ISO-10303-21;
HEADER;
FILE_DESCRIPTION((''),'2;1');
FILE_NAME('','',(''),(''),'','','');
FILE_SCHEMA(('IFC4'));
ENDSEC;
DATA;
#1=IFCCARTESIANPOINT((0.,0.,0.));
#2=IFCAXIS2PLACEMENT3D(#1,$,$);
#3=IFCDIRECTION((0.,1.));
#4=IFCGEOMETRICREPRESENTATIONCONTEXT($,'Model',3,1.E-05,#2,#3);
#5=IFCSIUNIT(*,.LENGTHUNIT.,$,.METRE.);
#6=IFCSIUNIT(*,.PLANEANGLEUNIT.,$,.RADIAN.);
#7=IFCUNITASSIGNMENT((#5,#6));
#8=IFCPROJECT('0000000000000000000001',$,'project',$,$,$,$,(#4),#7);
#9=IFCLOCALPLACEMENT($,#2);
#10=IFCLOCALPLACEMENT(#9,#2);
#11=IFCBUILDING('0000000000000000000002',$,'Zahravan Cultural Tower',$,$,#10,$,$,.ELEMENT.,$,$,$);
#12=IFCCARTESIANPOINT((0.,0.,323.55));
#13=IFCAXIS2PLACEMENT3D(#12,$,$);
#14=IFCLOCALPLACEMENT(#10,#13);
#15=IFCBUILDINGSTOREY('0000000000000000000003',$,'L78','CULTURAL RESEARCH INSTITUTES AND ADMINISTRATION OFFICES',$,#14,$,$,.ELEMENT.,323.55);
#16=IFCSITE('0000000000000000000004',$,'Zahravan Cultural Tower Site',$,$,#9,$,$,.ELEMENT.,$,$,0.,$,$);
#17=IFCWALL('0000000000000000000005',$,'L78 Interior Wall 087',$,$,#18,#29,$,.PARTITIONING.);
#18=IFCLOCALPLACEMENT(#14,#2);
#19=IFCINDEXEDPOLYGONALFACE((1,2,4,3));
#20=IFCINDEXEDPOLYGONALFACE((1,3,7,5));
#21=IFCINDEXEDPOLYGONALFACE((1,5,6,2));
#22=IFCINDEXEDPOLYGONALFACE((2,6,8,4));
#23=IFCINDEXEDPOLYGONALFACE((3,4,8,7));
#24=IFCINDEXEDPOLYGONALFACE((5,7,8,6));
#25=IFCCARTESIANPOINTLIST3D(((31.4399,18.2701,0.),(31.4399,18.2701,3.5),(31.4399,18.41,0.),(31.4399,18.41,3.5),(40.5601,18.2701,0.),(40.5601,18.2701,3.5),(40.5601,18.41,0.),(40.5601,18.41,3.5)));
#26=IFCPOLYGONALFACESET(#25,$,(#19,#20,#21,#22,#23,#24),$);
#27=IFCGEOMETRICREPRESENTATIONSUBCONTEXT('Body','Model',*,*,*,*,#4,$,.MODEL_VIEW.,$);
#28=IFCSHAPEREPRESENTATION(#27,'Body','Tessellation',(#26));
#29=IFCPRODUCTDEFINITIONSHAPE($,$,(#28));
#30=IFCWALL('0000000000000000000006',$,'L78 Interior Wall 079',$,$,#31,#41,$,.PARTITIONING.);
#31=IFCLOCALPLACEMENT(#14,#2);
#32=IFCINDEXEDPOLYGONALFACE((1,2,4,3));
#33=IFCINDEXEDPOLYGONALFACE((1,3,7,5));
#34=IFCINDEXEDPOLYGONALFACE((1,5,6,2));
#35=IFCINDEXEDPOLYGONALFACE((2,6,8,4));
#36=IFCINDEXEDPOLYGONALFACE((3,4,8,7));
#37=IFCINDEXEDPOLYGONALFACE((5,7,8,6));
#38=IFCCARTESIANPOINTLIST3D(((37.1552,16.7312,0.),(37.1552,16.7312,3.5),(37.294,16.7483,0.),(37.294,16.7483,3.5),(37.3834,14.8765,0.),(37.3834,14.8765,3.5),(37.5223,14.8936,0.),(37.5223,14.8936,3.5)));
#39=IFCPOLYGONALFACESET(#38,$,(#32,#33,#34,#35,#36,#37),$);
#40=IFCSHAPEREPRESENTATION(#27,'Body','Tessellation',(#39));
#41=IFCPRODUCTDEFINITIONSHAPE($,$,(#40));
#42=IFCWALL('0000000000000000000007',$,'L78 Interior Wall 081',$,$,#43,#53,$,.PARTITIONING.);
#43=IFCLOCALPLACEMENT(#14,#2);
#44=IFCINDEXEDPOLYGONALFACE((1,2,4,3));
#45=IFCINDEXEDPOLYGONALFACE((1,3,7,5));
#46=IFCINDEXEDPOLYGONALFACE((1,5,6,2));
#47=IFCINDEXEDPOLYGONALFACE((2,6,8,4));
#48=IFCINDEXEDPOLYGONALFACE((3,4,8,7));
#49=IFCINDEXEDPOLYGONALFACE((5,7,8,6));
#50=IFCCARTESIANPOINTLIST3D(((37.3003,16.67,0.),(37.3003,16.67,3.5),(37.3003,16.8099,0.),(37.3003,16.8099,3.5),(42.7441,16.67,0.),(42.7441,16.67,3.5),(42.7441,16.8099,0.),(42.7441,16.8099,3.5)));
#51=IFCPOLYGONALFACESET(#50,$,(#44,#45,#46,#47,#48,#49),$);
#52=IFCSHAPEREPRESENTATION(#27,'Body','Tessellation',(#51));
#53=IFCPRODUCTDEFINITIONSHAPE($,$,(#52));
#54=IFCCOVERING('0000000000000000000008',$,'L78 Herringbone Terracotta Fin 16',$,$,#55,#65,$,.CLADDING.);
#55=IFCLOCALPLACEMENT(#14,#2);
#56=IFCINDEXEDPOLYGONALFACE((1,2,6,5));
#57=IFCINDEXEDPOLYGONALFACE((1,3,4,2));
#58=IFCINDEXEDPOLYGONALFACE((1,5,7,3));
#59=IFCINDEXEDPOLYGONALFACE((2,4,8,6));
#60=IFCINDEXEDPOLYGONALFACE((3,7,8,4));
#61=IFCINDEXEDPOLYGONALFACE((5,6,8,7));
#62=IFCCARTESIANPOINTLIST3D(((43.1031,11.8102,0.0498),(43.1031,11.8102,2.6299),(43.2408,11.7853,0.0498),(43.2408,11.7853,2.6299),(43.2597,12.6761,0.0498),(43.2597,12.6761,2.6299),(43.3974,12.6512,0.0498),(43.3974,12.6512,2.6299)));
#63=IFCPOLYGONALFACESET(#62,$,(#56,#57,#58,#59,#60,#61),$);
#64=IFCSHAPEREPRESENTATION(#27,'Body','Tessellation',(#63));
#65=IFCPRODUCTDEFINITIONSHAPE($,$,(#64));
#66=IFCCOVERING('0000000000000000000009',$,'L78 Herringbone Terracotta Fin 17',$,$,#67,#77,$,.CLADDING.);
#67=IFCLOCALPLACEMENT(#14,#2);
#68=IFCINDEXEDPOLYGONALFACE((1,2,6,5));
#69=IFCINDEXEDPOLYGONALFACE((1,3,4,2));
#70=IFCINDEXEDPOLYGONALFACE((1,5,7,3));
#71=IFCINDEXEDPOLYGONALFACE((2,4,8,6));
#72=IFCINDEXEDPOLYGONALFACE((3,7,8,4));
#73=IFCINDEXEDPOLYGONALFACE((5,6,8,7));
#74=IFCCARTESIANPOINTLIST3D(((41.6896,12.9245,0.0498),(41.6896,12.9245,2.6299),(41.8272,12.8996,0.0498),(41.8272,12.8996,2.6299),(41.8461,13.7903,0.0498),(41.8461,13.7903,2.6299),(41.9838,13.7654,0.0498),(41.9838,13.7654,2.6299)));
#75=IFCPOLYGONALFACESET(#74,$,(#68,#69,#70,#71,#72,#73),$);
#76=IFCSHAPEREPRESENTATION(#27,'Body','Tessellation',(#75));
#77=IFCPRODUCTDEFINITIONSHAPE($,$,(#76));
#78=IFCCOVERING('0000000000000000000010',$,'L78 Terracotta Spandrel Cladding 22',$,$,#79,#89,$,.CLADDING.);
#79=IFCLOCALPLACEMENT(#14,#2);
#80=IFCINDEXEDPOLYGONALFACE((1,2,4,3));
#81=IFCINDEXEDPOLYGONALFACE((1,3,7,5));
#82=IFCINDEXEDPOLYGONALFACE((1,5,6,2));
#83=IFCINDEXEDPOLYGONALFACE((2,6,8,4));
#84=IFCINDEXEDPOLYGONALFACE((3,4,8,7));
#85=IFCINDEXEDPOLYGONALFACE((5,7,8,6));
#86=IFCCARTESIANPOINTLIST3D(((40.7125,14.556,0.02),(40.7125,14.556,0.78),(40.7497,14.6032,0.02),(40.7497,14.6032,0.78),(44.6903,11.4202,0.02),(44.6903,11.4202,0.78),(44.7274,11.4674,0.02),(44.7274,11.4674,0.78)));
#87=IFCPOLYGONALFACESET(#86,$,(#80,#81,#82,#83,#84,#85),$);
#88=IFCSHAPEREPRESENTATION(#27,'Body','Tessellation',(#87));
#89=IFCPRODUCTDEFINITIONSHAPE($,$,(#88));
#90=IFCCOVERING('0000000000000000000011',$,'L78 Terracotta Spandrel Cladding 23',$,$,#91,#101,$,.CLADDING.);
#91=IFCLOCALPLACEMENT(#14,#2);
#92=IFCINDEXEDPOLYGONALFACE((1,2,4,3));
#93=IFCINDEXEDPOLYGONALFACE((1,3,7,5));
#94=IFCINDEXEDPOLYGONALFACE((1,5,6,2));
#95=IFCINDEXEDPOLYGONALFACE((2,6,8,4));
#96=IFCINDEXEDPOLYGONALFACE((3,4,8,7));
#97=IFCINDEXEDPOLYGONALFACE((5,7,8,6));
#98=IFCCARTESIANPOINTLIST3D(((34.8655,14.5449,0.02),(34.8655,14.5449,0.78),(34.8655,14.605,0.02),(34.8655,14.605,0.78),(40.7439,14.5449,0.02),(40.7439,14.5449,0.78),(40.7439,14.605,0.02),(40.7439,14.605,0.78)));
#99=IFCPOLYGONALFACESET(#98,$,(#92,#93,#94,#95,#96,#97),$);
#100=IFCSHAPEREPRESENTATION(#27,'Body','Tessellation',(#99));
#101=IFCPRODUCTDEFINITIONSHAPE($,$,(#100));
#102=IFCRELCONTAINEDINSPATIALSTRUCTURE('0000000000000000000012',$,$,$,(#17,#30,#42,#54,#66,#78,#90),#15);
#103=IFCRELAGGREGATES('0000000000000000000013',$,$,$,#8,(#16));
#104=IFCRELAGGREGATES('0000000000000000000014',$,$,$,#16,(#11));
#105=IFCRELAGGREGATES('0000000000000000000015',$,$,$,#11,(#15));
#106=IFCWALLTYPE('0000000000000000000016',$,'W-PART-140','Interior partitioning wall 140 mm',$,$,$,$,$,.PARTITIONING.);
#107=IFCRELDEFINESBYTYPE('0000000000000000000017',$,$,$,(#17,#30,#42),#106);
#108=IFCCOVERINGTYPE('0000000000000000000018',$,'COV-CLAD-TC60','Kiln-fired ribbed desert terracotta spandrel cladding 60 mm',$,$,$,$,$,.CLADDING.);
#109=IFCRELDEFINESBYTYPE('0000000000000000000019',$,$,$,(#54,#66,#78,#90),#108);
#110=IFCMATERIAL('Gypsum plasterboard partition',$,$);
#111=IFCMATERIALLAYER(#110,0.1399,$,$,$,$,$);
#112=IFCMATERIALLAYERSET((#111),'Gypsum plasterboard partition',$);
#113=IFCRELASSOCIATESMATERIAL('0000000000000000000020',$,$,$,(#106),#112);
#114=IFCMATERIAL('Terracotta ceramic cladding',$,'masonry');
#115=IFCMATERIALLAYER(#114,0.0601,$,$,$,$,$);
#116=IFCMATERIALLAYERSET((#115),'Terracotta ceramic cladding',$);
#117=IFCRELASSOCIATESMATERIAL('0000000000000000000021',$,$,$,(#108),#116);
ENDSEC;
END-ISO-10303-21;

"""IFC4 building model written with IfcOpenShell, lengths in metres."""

from ifc_helpers import new_model, si_unit, direction, frame, frame_2d, origin, origin_2d, place, context, subcontext, project, spatial, rectangle, extrude, source, transform, mapped, material, layer, layer_set, type_object, element, save


model = new_model("IFC4")

# Units and contexts
model_context = context("Model", 3, precision=1e-05, world=origin(), true_north=direction((0.0, 1.0)))
body_context = subcontext(model_context, "Body", "Model", "MODEL_VIEW")
ifc_project = project(units=[si_unit("LENGTHUNIT", "METRE"), si_unit("PLANEANGLEUNIT", "RADIAN")], contexts=[model_context])

# Site, building, storey
site_placement = place(None, origin())
site = spatial("IfcSite", under=ifc_project, at=site_placement, Name="Zahravan Cultural Tower Site", CompositionType="ELEMENT", RefElevation=0.0)
building_placement = place(site_placement, origin())
building = spatial("IfcBuilding", under=site, at=building_placement, Name="Zahravan Cultural Tower", CompositionType="ELEMENT")
storey_placement = place(building_placement, frame((0.0, 0.0, 323.55)))
storey = spatial("IfcBuildingStorey", under=building, at=storey_placement, Name="L78", Description="CULTURAL RESEARCH INSTITUTES AND ADMINISTRATION OFFICES", CompositionType="ELEMENT", Elevation=323.55)

# Walls
ifc_material_1 = material(Name="Gypsum plasterboard partition")
ifc_layer_1 = layer(ifc_material_1, 0.1399)
ifc_layer_set_1 = layer_set([ifc_layer_1], Name="Gypsum plasterboard partition")
wall_type_1 = type_object("IfcWallType", Name="W-PART-140", Description="Interior partitioning wall 140 mm", PredefinedType="PARTITIONING", material=ifc_layer_set_1)
shared_shape_1 = source(origin(), body_context, "Body", "SweptSolid", [
    extrude(rectangle(XDim=9.1201, YDim=0.1399, at=frame_2d((4.5601, 0.0))), origin(), (0.0, 0.0, 1.0), 3.5),
])
wall_1_placement = place(storey_placement, frame((40.5601, 18.3401, 0.0), z_axis=(0.0, 0.0, 1.0), x_axis=(-1.0, 0.0, 0.0)))
element("IfcWall", 1, at=wall_1_placement, inside=storey, type_object=wall_type_1, Name="L78 Interior Wall 087", PredefinedType="PARTITIONING", context=body_context, shape_type="MappedRepresentation", body=[
    mapped(shared_shape_1, transform((0.0, 0.0, 0.0), x_axis=(1.0, 0.0, 0.0), y_axis=(0.0, 1.0, 0.0), z_axis=(0.0, 0.0, 1.0), scale=1.0)),
])
shared_shape_2 = source(origin(), body_context, "Body", "SweptSolid", [
    extrude(rectangle(XDim=1.8687, YDim=0.1399, at=frame_2d((0.9343, 0.0))), origin(), (0.0, 0.0, 1.0), 3.5),
])
wall_2_placement = place(storey_placement, frame((37.2246, 16.7397, 0.0), z_axis=(0.0, 0.0, 1.0), x_axis=(0.122153, -0.992511, 0.0)))
element("IfcWall", 2, at=wall_2_placement, inside=storey, type_object=wall_type_1, Name="L78 Interior Wall 079", PredefinedType="PARTITIONING", context=body_context, shape_type="MappedRepresentation", body=[
    mapped(shared_shape_2, transform((0.0, 0.0, 0.0), x_axis=(1.0, 0.0, 0.0), y_axis=(0.0, 1.0, 0.0), z_axis=(0.0, 0.0, 1.0), scale=1.0)),
])
shared_shape_3 = source(origin(), body_context, "Body", "SweptSolid", [
    extrude(rectangle(XDim=5.4438, YDim=0.1399, at=frame_2d((2.7219, 0.0))), origin(), (0.0, 0.0, 1.0), 3.5),
])
wall_3_placement = place(storey_placement, frame((37.3003, 16.74, 0.0), z_axis=(0.0, 0.0, 1.0), x_axis=(1.0, 0.0, 0.0)))
element("IfcWall", 3, at=wall_3_placement, inside=storey, type_object=wall_type_1, Name="L78 Interior Wall 081", PredefinedType="PARTITIONING", context=body_context, shape_type="MappedRepresentation", body=[
    mapped(shared_shape_3, transform((0.0, 0.0, 0.0), x_axis=(1.0, 0.0, 0.0), y_axis=(0.0, 1.0, 0.0), z_axis=(0.0, 0.0, 1.0), scale=1.0)),
])

# Coverings
ifc_material_2 = material(Name="Terracotta ceramic cladding", Category="masonry")
ifc_layer_2 = layer(ifc_material_2, 0.0601)
ifc_layer_set_2 = layer_set([ifc_layer_2], Name="Terracotta ceramic cladding")
covering_type = type_object("IfcCoveringType", Name="COV-CLAD-TC60", Description="Kiln-fired ribbed desert terracotta spandrel cladding 60 mm", PredefinedType="CLADDING", material=ifc_layer_set_2)
shared_shape_4 = source(origin(), body_context, "Body", "SweptSolid", [
    extrude(rectangle(XDim=0.8799, YDim=0.1399, at=origin_2d()), origin(), (0.0, 0.0, 1.0), 2.5801),
])
for number, where, z_axis, x_axis, name in (
    (4, (43.2502, 12.2307, 0.0498), (0.0, 0.0, 1.0), (-0.177944, -0.984041, 0.0), "L78 Herringbone Terracotta Fin 16"),
    (5, (41.8367, 13.345, 0.0498), (0.0, 0.0, 1.0), (-0.177944, -0.984041, 0.0), "L78 Herringbone Terracotta Fin 17"),
):
    element("IfcCovering", number, at=place(storey_placement, frame(where, z_axis=z_axis, x_axis=x_axis)), inside=storey, type_object=covering_type, Name=name, PredefinedType="CLADDING", context=body_context, shape_type="MappedRepresentation", body=[
        mapped(shared_shape_4, transform((0.0, 0.0, 0.0), x_axis=(1.0, 0.0, 0.0), y_axis=(0.0, 1.0, 0.0), z_axis=(0.0, 0.0, 1.0), scale=1.0)),
    ])
shared_shape_5 = source(origin(), body_context, "Body", "SweptSolid", [
    extrude(rectangle(XDim=5.0652, YDim=0.0601, at=origin_2d()), origin(), (0.0, 0.0, 1.0), 0.76),
])
covering_1_placement = place(storey_placement, frame((42.72, 13.0117, 0.02), z_axis=(0.0, 0.0, 1.0), x_axis=(-0.785317, 0.619094, 0.0)))
element("IfcCovering", 6, at=covering_1_placement, inside=storey, type_object=covering_type, Name="L78 Terracotta Spandrel Cladding 22", PredefinedType="CLADDING", context=body_context, shape_type="MappedRepresentation", body=[
    mapped(shared_shape_5, transform((0.0, 0.0, 0.0), x_axis=(1.0, 0.0, 0.0), y_axis=(0.0, 1.0, 0.0), z_axis=(0.0, 0.0, 1.0), scale=1.0)),
])
shared_shape_6 = source(origin(), body_context, "Body", "SweptSolid", [
    extrude(rectangle(XDim=5.8784, YDim=0.0601, at=origin_2d()), origin(), (0.0, 0.0, 1.0), 0.76),
])
covering_2_placement = place(storey_placement, frame((37.8047, 14.575, 0.02), z_axis=(0.0, 0.0, 1.0), x_axis=(-1.0, 0.0, 0.0)))
element("IfcCovering", 7, at=covering_2_placement, inside=storey, type_object=covering_type, Name="L78 Terracotta Spandrel Cladding 23", PredefinedType="CLADDING", context=body_context, shape_type="MappedRepresentation", body=[
    mapped(shared_shape_6, transform((0.0, 0.0, 0.0), x_axis=(1.0, 0.0, 0.0), y_axis=(0.0, 1.0, 0.0), z_axis=(0.0, 0.0, 1.0), scale=1.0)),
])

save(model, "model.ifc")
